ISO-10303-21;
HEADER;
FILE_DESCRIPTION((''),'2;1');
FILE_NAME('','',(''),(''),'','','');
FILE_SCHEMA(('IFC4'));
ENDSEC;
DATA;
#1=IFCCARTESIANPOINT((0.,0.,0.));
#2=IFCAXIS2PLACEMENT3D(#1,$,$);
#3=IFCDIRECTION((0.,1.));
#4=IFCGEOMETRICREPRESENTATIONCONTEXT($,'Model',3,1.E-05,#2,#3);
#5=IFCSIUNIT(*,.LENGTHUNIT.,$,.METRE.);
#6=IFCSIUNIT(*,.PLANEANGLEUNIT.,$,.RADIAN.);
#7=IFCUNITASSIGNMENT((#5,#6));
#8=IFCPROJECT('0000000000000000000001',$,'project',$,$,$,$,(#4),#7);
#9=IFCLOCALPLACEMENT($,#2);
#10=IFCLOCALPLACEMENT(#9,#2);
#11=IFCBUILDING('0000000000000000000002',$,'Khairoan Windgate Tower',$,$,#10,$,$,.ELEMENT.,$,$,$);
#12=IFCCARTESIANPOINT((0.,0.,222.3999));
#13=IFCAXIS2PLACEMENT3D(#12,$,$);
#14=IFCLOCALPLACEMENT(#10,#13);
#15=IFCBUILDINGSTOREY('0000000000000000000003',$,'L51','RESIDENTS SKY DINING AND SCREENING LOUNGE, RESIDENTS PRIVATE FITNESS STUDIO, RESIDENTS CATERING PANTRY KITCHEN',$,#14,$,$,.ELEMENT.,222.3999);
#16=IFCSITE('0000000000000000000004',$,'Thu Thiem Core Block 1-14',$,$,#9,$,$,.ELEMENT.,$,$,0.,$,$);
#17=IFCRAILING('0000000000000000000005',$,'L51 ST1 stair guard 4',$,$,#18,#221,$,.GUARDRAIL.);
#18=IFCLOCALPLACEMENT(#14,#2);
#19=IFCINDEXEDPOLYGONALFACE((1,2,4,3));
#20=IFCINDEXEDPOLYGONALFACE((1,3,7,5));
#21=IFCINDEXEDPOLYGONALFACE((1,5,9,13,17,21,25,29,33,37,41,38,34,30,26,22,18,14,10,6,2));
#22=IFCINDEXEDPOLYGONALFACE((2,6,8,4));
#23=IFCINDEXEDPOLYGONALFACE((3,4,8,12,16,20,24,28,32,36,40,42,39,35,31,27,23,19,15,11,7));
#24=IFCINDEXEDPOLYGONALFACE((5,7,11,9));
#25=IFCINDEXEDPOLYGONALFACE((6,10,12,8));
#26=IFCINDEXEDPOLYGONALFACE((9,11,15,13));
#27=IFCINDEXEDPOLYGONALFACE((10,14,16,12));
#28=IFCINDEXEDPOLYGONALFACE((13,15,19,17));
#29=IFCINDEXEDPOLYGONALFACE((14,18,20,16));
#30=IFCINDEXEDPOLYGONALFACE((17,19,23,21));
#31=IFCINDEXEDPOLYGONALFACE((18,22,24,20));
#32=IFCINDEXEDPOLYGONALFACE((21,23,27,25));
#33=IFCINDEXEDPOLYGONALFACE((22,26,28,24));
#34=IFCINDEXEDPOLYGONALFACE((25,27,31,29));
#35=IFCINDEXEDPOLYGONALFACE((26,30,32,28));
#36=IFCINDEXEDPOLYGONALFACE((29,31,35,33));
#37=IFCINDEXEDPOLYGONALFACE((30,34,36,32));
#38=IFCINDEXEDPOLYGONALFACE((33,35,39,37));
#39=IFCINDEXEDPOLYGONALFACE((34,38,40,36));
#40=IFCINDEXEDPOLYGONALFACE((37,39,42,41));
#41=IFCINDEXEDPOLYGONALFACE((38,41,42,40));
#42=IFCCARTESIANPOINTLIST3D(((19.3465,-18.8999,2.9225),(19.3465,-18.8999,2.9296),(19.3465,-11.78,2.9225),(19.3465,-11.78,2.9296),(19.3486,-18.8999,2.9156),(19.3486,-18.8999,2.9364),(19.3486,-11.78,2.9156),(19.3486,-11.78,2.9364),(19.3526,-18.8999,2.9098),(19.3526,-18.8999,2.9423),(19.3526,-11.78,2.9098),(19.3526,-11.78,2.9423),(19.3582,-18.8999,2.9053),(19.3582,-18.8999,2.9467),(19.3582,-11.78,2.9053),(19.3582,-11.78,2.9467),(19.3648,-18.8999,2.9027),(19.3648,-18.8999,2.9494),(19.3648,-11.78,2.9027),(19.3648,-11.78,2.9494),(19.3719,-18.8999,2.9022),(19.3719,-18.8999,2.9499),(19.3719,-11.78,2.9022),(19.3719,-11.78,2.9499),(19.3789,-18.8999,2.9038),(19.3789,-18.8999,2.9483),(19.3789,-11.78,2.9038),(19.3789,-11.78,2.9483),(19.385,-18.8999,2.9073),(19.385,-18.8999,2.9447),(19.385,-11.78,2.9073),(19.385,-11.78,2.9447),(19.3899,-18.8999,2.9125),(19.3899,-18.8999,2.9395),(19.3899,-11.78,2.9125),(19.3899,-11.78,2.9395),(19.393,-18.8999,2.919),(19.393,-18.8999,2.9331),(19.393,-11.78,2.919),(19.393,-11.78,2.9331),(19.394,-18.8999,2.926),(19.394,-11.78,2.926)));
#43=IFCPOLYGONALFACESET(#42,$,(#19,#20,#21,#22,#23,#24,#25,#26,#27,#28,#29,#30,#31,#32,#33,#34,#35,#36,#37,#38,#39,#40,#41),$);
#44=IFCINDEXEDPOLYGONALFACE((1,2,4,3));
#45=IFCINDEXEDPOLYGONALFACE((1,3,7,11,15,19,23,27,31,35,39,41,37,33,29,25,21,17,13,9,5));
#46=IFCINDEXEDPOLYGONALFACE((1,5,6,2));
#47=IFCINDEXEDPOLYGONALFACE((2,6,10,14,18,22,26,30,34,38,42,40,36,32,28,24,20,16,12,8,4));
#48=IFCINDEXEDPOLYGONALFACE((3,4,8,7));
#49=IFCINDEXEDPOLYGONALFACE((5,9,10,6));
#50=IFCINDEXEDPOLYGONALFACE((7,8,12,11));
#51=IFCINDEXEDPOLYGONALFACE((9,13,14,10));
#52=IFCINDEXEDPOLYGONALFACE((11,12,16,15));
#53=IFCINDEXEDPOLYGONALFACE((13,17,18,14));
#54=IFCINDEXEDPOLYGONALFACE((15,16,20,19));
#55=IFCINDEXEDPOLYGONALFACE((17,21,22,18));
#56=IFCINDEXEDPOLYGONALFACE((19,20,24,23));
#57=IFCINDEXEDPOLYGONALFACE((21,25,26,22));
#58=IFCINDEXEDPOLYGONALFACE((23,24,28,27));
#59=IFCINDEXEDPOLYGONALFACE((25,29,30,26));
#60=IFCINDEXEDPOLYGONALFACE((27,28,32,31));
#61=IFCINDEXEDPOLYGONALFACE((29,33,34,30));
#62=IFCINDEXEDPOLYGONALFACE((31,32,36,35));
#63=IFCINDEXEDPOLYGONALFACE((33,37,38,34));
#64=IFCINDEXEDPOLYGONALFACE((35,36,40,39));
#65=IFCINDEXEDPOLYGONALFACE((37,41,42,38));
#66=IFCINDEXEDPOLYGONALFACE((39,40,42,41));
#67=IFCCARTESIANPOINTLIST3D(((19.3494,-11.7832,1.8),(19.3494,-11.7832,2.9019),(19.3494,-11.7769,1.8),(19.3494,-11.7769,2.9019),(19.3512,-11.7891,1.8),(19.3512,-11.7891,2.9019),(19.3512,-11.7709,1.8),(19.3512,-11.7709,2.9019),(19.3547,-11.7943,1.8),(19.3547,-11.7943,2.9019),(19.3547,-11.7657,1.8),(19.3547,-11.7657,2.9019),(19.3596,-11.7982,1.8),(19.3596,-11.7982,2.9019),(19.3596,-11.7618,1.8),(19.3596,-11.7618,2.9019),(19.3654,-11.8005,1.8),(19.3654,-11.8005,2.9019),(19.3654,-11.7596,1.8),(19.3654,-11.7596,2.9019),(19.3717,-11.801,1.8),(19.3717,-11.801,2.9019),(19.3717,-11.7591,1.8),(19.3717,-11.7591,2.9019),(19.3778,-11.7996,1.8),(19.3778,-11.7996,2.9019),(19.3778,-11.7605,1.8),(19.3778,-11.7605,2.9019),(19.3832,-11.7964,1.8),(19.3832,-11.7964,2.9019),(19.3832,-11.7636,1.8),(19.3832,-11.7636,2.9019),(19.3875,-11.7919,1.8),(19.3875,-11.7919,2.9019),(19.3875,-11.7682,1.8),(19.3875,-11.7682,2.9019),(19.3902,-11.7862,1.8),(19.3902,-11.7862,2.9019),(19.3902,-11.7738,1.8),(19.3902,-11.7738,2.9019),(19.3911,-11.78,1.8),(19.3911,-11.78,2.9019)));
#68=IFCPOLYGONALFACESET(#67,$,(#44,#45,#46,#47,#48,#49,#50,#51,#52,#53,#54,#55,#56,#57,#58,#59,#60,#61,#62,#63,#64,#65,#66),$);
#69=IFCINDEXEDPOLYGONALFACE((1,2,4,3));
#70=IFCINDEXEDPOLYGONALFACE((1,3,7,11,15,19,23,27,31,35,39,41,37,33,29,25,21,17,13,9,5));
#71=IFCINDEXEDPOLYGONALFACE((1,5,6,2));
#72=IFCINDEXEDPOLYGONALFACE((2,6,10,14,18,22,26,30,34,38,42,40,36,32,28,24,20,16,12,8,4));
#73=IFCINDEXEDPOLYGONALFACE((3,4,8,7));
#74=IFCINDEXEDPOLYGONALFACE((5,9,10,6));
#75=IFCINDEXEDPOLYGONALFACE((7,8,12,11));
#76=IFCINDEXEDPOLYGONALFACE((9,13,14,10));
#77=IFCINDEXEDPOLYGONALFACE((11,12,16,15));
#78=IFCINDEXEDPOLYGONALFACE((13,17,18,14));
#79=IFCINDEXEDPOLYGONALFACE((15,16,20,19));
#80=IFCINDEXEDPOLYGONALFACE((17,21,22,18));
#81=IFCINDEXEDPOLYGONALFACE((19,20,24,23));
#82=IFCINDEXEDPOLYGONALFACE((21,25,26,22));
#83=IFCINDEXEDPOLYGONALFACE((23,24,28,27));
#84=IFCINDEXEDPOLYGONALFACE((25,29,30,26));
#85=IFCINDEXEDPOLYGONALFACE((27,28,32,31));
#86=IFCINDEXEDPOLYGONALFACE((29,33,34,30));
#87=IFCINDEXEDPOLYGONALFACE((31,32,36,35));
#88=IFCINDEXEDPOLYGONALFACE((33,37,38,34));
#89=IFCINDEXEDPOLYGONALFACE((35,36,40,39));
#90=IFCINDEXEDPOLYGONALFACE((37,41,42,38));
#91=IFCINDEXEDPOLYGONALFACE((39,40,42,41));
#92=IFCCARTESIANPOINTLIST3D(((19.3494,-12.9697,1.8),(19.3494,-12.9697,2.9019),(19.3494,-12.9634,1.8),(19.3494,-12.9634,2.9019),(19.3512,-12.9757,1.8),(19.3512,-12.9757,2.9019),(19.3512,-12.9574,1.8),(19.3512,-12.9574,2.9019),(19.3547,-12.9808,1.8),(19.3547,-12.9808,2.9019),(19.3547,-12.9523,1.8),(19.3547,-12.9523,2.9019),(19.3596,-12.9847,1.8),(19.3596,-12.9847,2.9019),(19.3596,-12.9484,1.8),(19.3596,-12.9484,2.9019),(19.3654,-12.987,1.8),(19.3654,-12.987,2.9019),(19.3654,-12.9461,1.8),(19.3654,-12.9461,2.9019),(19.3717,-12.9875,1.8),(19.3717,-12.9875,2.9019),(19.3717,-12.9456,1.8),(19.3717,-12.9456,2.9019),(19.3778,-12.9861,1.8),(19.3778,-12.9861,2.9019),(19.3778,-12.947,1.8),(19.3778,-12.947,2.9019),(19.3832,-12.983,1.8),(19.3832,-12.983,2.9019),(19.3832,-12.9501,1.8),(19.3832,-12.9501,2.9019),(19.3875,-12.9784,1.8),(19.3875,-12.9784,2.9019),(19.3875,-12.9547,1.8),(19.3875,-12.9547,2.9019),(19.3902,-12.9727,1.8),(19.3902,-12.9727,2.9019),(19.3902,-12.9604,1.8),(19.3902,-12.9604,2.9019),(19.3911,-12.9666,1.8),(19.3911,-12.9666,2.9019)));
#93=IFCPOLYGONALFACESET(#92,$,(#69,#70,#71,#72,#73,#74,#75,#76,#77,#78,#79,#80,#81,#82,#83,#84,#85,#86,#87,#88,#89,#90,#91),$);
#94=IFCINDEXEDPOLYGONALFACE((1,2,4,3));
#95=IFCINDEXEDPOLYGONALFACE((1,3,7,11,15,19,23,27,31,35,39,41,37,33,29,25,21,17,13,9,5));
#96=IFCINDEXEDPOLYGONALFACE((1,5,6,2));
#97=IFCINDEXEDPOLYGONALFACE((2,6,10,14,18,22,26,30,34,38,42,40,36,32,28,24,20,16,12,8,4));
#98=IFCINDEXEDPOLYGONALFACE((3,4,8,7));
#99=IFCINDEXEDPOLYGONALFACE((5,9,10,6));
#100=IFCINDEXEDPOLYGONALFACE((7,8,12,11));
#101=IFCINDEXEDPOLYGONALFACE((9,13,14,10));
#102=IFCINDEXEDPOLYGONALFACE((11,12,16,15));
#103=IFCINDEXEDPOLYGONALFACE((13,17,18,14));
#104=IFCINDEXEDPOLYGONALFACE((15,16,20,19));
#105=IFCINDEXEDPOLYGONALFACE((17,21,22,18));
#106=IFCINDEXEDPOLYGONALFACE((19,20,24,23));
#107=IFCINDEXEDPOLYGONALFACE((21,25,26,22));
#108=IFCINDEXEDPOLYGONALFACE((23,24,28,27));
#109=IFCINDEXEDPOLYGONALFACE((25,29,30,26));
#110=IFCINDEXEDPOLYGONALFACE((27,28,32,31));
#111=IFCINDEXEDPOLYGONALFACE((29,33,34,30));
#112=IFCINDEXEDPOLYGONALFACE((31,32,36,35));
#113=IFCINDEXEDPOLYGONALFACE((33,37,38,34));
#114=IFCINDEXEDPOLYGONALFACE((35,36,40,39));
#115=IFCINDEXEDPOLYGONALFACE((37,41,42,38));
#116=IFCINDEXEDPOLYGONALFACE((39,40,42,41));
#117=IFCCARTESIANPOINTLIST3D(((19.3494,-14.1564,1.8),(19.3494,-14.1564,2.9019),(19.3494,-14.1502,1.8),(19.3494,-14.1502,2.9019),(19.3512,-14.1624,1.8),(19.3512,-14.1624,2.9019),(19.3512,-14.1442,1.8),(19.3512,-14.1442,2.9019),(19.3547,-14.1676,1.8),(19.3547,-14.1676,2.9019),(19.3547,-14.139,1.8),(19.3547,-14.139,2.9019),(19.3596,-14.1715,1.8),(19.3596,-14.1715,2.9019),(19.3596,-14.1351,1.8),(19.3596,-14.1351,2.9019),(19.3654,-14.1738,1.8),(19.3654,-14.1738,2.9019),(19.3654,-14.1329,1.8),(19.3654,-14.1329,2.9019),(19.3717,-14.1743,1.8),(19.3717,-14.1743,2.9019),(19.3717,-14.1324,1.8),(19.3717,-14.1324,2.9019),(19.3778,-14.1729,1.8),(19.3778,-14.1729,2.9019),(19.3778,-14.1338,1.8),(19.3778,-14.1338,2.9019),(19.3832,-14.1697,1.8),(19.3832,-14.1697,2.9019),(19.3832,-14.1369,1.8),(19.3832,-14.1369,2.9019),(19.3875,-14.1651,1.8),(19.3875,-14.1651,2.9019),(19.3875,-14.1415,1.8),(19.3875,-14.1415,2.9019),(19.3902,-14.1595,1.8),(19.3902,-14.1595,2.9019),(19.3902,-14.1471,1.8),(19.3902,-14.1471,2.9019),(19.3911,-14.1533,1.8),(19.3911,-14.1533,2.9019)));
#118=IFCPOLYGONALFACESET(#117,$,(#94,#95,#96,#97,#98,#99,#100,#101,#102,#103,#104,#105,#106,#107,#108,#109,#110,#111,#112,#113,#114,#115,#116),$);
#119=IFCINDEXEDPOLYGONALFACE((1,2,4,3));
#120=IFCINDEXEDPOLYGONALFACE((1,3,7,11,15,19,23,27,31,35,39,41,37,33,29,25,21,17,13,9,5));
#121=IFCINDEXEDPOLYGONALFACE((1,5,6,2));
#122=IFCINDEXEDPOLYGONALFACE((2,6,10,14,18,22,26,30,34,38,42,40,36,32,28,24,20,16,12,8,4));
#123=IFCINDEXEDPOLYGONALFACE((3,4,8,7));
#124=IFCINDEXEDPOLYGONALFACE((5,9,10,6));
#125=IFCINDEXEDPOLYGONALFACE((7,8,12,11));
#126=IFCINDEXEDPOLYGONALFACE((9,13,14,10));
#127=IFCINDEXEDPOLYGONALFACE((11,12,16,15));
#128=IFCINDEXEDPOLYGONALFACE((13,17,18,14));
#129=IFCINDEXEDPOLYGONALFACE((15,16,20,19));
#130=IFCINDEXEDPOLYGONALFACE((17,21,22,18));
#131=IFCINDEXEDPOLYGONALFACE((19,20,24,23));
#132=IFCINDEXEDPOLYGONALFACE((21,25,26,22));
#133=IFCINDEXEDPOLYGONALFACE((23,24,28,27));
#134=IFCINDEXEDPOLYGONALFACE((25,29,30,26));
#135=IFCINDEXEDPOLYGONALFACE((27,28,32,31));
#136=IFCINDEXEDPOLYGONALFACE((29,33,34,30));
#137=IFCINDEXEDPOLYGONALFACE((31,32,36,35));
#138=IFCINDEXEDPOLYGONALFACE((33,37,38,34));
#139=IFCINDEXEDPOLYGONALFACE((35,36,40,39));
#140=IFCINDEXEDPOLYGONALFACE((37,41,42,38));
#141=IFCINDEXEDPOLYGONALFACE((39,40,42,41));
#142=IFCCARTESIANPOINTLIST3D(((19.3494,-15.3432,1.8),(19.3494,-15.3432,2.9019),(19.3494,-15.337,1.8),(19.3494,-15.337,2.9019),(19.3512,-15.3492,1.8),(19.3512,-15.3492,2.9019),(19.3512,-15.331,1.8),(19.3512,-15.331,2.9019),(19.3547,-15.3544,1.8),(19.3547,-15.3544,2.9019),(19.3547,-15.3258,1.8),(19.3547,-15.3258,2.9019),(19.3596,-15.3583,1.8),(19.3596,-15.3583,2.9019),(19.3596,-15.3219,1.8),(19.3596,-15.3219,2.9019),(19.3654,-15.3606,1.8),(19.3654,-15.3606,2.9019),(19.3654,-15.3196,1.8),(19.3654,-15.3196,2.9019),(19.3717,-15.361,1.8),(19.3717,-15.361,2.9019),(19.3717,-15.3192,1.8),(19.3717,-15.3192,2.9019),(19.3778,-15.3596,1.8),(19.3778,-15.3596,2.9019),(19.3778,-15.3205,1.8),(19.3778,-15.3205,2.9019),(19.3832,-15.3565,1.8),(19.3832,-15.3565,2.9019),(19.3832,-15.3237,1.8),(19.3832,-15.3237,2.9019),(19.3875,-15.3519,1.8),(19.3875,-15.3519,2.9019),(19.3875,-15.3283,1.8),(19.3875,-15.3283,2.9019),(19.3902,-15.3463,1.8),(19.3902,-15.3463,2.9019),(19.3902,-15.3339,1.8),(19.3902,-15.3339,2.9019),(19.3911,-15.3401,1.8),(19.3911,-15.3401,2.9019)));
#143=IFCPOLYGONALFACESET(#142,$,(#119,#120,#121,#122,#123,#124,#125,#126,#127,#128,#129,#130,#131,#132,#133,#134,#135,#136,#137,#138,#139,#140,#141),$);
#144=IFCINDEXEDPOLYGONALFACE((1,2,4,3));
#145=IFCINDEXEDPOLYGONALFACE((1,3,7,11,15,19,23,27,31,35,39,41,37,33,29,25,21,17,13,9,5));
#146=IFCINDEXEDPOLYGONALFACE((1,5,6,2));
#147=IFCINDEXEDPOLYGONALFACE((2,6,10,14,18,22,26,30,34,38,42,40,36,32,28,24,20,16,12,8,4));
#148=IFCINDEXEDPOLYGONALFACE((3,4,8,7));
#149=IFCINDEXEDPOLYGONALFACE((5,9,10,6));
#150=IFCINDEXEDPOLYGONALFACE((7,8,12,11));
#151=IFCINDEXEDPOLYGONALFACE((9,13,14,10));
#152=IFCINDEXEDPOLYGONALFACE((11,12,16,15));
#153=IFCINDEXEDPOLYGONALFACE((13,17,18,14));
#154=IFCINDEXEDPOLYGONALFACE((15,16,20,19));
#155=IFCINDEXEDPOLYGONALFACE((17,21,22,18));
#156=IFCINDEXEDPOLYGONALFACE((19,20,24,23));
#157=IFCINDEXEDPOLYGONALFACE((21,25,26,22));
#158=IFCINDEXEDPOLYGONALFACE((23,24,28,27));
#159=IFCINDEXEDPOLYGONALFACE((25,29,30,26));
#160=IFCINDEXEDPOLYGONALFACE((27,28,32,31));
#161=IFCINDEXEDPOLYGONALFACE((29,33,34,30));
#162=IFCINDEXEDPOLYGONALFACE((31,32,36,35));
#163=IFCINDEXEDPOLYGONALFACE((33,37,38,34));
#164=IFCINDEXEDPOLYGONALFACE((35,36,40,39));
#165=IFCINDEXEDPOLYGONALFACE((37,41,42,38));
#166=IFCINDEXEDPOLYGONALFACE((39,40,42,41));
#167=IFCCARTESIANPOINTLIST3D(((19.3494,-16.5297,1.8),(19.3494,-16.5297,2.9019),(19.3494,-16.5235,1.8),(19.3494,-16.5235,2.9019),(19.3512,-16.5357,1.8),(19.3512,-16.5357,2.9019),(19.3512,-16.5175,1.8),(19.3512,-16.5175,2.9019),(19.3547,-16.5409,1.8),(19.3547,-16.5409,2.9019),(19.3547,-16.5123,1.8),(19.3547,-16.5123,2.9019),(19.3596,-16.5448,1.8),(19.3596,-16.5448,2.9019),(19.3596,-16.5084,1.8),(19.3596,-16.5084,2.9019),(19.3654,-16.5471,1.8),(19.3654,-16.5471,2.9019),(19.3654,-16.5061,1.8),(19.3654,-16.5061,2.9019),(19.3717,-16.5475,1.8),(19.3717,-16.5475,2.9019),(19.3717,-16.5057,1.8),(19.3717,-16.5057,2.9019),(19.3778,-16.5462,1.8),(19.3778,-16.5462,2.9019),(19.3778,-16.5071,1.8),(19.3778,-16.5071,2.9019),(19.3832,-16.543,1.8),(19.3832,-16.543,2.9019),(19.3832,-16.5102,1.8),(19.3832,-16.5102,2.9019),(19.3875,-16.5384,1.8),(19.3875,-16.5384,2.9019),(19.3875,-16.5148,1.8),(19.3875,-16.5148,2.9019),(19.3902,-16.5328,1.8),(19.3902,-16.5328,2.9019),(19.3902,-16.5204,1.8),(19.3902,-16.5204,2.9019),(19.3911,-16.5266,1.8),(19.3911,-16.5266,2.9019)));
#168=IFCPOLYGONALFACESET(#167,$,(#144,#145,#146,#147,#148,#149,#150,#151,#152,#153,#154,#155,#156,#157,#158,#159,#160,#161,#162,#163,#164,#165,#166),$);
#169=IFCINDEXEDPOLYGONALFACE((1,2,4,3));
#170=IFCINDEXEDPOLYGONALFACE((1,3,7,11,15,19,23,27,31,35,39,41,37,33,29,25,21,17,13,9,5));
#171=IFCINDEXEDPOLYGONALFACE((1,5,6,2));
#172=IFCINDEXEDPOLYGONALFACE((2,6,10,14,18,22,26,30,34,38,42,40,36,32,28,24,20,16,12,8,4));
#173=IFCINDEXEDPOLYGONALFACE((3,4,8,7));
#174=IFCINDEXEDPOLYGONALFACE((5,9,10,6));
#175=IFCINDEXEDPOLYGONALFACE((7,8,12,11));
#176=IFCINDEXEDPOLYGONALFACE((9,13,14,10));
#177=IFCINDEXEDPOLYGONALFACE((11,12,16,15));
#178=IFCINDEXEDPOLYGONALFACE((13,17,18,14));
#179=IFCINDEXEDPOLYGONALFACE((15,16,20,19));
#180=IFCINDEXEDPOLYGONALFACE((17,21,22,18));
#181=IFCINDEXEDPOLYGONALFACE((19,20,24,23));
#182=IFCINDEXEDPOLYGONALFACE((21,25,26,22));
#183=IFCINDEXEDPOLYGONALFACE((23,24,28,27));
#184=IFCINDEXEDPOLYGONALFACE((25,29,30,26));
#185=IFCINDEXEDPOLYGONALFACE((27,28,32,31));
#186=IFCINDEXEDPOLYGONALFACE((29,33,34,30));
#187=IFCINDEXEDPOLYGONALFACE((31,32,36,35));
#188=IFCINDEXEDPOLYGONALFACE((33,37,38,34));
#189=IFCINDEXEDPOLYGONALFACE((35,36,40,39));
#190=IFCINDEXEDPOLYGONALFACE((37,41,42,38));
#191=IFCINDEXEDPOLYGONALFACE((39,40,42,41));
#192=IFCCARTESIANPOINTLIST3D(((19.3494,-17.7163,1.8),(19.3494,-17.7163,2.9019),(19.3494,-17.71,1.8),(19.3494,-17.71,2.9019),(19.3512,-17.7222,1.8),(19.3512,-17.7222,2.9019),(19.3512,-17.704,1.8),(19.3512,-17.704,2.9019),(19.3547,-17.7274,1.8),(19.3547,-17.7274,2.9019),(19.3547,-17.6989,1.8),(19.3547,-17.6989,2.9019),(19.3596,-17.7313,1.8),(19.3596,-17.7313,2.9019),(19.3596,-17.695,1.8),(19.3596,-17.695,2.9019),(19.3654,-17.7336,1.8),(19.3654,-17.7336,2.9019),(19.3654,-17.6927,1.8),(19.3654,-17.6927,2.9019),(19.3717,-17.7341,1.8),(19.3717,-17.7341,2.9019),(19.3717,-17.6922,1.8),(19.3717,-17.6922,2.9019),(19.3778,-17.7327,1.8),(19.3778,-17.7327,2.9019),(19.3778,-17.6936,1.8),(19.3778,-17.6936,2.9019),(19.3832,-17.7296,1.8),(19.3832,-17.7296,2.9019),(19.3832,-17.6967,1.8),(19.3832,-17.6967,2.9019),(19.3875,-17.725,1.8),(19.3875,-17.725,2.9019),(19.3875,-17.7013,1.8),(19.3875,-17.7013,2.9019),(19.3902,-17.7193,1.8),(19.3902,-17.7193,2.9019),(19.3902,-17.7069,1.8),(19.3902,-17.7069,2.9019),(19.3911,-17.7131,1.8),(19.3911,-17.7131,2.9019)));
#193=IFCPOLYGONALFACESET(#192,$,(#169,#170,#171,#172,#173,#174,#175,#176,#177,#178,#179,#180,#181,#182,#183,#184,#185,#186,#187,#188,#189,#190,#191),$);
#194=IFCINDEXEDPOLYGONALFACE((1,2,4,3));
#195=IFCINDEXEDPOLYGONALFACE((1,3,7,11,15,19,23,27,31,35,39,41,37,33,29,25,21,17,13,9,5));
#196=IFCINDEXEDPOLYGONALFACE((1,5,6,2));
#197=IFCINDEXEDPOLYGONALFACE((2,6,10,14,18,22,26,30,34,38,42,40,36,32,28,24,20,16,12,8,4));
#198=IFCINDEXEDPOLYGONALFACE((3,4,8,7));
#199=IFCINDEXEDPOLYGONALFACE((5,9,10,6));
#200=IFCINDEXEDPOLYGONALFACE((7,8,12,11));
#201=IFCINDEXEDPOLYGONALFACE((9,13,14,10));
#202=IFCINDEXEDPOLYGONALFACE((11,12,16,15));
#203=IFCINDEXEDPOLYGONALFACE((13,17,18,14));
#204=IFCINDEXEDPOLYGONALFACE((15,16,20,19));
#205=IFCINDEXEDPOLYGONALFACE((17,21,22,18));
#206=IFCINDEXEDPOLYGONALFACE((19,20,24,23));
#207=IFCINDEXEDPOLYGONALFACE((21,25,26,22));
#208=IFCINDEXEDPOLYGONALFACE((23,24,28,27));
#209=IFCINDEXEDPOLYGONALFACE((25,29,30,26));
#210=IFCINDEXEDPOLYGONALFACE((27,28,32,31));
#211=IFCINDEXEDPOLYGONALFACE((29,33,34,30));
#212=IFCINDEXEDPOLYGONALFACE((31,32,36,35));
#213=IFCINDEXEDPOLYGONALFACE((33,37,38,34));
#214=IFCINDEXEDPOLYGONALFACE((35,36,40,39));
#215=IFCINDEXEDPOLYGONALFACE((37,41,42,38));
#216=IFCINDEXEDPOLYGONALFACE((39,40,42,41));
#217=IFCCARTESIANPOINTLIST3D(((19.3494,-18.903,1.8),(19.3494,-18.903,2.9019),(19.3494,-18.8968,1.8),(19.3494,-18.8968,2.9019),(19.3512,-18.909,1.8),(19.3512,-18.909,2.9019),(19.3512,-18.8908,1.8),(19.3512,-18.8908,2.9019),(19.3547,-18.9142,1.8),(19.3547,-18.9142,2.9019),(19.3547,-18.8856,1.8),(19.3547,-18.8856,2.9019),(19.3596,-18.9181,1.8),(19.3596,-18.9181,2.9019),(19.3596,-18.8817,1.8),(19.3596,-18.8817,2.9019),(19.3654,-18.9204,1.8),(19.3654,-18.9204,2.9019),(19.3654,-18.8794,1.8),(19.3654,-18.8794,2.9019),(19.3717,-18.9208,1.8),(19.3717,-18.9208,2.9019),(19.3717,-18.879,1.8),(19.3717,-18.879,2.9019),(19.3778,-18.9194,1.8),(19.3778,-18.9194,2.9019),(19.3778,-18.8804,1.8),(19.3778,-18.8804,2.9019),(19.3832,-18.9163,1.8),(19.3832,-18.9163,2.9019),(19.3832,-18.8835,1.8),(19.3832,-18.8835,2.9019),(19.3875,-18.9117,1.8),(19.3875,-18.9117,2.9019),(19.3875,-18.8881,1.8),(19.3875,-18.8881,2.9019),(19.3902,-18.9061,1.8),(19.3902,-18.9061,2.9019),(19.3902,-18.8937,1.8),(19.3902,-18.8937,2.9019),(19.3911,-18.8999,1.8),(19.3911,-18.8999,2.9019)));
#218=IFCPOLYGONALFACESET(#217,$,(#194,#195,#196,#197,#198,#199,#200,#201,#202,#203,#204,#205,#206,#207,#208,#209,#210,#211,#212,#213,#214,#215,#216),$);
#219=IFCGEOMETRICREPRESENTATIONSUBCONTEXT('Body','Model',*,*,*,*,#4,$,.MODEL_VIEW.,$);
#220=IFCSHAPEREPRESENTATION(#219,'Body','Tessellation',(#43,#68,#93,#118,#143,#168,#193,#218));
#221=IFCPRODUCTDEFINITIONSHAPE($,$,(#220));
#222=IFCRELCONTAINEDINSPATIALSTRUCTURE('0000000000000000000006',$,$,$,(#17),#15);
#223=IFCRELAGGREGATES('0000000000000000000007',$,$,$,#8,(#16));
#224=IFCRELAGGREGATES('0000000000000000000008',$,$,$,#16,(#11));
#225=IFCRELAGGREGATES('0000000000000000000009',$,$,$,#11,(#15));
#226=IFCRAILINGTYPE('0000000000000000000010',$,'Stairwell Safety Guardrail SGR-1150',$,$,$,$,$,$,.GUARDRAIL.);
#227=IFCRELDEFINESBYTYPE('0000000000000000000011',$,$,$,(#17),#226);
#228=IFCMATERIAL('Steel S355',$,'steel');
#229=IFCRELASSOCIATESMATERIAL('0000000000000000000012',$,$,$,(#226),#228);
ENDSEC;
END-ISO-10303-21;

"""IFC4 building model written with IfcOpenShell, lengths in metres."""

from ifc_helpers import new_model, si_unit, direction, frame, origin, origin_2d, place, context, subcontext, project, spatial, circle, extrude, material, type_object, element, save


model = new_model("IFC4")

# Units and contexts
model_context = context("Model", 3, precision=1e-05, world=origin(), true_north=direction((0.0, 1.0)))
body_context = subcontext(model_context, "Body", "Model", "MODEL_VIEW")
ifc_project = project(units=[si_unit("LENGTHUNIT", "METRE"), si_unit("PLANEANGLEUNIT", "RADIAN")], contexts=[model_context])

# Site, building, storey
site_placement = place(None, origin())
site = spatial("IfcSite", under=ifc_project, at=site_placement, Name="Thu Thiem Core Block 1-14", CompositionType="ELEMENT", RefElevation=0.0)
building_placement = place(site_placement, origin())
building = spatial("IfcBuilding", under=site, at=building_placement, Name="Khairoan Windgate Tower", CompositionType="ELEMENT")
storey_placement = place(building_placement, frame((0.0, 0.0, 222.3999)))
storey = spatial("IfcBuildingStorey", under=building, at=storey_placement, Name="L51", Description="RESIDENTS SKY DINING AND SCREENING LOUNGE, RESIDENTS PRIVATE FITNESS STUDIO, RESIDENTS CATERING PANTRY KITCHEN", CompositionType="ELEMENT", Elevation=222.3999)

# Railing
ifc_material_1 = material(Name="Steel S355", Category="steel")
railing_type_1 = type_object("IfcRailingType", Name="Stairwell Safety Guardrail SGR-1150", PredefinedType="GUARDRAIL", material=ifc_material_1)
railing_1_placement = place(storey_placement, frame((19.3701, -11.78, 1.8)))
element("IfcRailing", 1, at=railing_1_placement, inside=storey, type_object=railing_type_1, Name="L51 ST1 stair guard 4", PredefinedType="GUARDRAIL", context=body_context, shape_type="SweptSolid", body=[
    extrude(circle(Radius=0.0239, at=origin_2d()), frame((0.0, 0.0, 1.126), z_axis=(0.0, -1.0, 0.0), x_axis=(1.0, 0.0, 0.0)), (0.0, 0.0, 1.0), 7.1199),
    extrude(circle(Radius=0.021, at=origin_2d()), origin(), (0.0, 0.0, 1.0), 1.1018),
    extrude(circle(Radius=0.021, at=origin_2d()), frame((0.0, -1.1865, 0.0)), (0.0, 0.0, 1.0), 1.1018),
    extrude(circle(Radius=0.021, at=origin_2d()), frame((0.0, -2.3733, 0.0)), (0.0, 0.0, 1.0), 1.1018),
    extrude(circle(Radius=0.021, at=origin_2d()), frame((0.0, -3.5601, 0.0)), (0.0, 0.0, 1.0), 1.1018),
    extrude(circle(Radius=0.021, at=origin_2d()), frame((0.0, -4.7466, 0.0)), (0.0, 0.0, 1.0), 1.1018),
    extrude(circle(Radius=0.021, at=origin_2d()), frame((0.0, -5.9331, 0.0)), (0.0, 0.0, 1.0), 1.1018),
    extrude(circle(Radius=0.021, at=origin_2d()), frame((0.0, -7.1199, 0.0)), (0.0, 0.0, 1.0), 1.1018),
])

save(model, "model.ifc")
